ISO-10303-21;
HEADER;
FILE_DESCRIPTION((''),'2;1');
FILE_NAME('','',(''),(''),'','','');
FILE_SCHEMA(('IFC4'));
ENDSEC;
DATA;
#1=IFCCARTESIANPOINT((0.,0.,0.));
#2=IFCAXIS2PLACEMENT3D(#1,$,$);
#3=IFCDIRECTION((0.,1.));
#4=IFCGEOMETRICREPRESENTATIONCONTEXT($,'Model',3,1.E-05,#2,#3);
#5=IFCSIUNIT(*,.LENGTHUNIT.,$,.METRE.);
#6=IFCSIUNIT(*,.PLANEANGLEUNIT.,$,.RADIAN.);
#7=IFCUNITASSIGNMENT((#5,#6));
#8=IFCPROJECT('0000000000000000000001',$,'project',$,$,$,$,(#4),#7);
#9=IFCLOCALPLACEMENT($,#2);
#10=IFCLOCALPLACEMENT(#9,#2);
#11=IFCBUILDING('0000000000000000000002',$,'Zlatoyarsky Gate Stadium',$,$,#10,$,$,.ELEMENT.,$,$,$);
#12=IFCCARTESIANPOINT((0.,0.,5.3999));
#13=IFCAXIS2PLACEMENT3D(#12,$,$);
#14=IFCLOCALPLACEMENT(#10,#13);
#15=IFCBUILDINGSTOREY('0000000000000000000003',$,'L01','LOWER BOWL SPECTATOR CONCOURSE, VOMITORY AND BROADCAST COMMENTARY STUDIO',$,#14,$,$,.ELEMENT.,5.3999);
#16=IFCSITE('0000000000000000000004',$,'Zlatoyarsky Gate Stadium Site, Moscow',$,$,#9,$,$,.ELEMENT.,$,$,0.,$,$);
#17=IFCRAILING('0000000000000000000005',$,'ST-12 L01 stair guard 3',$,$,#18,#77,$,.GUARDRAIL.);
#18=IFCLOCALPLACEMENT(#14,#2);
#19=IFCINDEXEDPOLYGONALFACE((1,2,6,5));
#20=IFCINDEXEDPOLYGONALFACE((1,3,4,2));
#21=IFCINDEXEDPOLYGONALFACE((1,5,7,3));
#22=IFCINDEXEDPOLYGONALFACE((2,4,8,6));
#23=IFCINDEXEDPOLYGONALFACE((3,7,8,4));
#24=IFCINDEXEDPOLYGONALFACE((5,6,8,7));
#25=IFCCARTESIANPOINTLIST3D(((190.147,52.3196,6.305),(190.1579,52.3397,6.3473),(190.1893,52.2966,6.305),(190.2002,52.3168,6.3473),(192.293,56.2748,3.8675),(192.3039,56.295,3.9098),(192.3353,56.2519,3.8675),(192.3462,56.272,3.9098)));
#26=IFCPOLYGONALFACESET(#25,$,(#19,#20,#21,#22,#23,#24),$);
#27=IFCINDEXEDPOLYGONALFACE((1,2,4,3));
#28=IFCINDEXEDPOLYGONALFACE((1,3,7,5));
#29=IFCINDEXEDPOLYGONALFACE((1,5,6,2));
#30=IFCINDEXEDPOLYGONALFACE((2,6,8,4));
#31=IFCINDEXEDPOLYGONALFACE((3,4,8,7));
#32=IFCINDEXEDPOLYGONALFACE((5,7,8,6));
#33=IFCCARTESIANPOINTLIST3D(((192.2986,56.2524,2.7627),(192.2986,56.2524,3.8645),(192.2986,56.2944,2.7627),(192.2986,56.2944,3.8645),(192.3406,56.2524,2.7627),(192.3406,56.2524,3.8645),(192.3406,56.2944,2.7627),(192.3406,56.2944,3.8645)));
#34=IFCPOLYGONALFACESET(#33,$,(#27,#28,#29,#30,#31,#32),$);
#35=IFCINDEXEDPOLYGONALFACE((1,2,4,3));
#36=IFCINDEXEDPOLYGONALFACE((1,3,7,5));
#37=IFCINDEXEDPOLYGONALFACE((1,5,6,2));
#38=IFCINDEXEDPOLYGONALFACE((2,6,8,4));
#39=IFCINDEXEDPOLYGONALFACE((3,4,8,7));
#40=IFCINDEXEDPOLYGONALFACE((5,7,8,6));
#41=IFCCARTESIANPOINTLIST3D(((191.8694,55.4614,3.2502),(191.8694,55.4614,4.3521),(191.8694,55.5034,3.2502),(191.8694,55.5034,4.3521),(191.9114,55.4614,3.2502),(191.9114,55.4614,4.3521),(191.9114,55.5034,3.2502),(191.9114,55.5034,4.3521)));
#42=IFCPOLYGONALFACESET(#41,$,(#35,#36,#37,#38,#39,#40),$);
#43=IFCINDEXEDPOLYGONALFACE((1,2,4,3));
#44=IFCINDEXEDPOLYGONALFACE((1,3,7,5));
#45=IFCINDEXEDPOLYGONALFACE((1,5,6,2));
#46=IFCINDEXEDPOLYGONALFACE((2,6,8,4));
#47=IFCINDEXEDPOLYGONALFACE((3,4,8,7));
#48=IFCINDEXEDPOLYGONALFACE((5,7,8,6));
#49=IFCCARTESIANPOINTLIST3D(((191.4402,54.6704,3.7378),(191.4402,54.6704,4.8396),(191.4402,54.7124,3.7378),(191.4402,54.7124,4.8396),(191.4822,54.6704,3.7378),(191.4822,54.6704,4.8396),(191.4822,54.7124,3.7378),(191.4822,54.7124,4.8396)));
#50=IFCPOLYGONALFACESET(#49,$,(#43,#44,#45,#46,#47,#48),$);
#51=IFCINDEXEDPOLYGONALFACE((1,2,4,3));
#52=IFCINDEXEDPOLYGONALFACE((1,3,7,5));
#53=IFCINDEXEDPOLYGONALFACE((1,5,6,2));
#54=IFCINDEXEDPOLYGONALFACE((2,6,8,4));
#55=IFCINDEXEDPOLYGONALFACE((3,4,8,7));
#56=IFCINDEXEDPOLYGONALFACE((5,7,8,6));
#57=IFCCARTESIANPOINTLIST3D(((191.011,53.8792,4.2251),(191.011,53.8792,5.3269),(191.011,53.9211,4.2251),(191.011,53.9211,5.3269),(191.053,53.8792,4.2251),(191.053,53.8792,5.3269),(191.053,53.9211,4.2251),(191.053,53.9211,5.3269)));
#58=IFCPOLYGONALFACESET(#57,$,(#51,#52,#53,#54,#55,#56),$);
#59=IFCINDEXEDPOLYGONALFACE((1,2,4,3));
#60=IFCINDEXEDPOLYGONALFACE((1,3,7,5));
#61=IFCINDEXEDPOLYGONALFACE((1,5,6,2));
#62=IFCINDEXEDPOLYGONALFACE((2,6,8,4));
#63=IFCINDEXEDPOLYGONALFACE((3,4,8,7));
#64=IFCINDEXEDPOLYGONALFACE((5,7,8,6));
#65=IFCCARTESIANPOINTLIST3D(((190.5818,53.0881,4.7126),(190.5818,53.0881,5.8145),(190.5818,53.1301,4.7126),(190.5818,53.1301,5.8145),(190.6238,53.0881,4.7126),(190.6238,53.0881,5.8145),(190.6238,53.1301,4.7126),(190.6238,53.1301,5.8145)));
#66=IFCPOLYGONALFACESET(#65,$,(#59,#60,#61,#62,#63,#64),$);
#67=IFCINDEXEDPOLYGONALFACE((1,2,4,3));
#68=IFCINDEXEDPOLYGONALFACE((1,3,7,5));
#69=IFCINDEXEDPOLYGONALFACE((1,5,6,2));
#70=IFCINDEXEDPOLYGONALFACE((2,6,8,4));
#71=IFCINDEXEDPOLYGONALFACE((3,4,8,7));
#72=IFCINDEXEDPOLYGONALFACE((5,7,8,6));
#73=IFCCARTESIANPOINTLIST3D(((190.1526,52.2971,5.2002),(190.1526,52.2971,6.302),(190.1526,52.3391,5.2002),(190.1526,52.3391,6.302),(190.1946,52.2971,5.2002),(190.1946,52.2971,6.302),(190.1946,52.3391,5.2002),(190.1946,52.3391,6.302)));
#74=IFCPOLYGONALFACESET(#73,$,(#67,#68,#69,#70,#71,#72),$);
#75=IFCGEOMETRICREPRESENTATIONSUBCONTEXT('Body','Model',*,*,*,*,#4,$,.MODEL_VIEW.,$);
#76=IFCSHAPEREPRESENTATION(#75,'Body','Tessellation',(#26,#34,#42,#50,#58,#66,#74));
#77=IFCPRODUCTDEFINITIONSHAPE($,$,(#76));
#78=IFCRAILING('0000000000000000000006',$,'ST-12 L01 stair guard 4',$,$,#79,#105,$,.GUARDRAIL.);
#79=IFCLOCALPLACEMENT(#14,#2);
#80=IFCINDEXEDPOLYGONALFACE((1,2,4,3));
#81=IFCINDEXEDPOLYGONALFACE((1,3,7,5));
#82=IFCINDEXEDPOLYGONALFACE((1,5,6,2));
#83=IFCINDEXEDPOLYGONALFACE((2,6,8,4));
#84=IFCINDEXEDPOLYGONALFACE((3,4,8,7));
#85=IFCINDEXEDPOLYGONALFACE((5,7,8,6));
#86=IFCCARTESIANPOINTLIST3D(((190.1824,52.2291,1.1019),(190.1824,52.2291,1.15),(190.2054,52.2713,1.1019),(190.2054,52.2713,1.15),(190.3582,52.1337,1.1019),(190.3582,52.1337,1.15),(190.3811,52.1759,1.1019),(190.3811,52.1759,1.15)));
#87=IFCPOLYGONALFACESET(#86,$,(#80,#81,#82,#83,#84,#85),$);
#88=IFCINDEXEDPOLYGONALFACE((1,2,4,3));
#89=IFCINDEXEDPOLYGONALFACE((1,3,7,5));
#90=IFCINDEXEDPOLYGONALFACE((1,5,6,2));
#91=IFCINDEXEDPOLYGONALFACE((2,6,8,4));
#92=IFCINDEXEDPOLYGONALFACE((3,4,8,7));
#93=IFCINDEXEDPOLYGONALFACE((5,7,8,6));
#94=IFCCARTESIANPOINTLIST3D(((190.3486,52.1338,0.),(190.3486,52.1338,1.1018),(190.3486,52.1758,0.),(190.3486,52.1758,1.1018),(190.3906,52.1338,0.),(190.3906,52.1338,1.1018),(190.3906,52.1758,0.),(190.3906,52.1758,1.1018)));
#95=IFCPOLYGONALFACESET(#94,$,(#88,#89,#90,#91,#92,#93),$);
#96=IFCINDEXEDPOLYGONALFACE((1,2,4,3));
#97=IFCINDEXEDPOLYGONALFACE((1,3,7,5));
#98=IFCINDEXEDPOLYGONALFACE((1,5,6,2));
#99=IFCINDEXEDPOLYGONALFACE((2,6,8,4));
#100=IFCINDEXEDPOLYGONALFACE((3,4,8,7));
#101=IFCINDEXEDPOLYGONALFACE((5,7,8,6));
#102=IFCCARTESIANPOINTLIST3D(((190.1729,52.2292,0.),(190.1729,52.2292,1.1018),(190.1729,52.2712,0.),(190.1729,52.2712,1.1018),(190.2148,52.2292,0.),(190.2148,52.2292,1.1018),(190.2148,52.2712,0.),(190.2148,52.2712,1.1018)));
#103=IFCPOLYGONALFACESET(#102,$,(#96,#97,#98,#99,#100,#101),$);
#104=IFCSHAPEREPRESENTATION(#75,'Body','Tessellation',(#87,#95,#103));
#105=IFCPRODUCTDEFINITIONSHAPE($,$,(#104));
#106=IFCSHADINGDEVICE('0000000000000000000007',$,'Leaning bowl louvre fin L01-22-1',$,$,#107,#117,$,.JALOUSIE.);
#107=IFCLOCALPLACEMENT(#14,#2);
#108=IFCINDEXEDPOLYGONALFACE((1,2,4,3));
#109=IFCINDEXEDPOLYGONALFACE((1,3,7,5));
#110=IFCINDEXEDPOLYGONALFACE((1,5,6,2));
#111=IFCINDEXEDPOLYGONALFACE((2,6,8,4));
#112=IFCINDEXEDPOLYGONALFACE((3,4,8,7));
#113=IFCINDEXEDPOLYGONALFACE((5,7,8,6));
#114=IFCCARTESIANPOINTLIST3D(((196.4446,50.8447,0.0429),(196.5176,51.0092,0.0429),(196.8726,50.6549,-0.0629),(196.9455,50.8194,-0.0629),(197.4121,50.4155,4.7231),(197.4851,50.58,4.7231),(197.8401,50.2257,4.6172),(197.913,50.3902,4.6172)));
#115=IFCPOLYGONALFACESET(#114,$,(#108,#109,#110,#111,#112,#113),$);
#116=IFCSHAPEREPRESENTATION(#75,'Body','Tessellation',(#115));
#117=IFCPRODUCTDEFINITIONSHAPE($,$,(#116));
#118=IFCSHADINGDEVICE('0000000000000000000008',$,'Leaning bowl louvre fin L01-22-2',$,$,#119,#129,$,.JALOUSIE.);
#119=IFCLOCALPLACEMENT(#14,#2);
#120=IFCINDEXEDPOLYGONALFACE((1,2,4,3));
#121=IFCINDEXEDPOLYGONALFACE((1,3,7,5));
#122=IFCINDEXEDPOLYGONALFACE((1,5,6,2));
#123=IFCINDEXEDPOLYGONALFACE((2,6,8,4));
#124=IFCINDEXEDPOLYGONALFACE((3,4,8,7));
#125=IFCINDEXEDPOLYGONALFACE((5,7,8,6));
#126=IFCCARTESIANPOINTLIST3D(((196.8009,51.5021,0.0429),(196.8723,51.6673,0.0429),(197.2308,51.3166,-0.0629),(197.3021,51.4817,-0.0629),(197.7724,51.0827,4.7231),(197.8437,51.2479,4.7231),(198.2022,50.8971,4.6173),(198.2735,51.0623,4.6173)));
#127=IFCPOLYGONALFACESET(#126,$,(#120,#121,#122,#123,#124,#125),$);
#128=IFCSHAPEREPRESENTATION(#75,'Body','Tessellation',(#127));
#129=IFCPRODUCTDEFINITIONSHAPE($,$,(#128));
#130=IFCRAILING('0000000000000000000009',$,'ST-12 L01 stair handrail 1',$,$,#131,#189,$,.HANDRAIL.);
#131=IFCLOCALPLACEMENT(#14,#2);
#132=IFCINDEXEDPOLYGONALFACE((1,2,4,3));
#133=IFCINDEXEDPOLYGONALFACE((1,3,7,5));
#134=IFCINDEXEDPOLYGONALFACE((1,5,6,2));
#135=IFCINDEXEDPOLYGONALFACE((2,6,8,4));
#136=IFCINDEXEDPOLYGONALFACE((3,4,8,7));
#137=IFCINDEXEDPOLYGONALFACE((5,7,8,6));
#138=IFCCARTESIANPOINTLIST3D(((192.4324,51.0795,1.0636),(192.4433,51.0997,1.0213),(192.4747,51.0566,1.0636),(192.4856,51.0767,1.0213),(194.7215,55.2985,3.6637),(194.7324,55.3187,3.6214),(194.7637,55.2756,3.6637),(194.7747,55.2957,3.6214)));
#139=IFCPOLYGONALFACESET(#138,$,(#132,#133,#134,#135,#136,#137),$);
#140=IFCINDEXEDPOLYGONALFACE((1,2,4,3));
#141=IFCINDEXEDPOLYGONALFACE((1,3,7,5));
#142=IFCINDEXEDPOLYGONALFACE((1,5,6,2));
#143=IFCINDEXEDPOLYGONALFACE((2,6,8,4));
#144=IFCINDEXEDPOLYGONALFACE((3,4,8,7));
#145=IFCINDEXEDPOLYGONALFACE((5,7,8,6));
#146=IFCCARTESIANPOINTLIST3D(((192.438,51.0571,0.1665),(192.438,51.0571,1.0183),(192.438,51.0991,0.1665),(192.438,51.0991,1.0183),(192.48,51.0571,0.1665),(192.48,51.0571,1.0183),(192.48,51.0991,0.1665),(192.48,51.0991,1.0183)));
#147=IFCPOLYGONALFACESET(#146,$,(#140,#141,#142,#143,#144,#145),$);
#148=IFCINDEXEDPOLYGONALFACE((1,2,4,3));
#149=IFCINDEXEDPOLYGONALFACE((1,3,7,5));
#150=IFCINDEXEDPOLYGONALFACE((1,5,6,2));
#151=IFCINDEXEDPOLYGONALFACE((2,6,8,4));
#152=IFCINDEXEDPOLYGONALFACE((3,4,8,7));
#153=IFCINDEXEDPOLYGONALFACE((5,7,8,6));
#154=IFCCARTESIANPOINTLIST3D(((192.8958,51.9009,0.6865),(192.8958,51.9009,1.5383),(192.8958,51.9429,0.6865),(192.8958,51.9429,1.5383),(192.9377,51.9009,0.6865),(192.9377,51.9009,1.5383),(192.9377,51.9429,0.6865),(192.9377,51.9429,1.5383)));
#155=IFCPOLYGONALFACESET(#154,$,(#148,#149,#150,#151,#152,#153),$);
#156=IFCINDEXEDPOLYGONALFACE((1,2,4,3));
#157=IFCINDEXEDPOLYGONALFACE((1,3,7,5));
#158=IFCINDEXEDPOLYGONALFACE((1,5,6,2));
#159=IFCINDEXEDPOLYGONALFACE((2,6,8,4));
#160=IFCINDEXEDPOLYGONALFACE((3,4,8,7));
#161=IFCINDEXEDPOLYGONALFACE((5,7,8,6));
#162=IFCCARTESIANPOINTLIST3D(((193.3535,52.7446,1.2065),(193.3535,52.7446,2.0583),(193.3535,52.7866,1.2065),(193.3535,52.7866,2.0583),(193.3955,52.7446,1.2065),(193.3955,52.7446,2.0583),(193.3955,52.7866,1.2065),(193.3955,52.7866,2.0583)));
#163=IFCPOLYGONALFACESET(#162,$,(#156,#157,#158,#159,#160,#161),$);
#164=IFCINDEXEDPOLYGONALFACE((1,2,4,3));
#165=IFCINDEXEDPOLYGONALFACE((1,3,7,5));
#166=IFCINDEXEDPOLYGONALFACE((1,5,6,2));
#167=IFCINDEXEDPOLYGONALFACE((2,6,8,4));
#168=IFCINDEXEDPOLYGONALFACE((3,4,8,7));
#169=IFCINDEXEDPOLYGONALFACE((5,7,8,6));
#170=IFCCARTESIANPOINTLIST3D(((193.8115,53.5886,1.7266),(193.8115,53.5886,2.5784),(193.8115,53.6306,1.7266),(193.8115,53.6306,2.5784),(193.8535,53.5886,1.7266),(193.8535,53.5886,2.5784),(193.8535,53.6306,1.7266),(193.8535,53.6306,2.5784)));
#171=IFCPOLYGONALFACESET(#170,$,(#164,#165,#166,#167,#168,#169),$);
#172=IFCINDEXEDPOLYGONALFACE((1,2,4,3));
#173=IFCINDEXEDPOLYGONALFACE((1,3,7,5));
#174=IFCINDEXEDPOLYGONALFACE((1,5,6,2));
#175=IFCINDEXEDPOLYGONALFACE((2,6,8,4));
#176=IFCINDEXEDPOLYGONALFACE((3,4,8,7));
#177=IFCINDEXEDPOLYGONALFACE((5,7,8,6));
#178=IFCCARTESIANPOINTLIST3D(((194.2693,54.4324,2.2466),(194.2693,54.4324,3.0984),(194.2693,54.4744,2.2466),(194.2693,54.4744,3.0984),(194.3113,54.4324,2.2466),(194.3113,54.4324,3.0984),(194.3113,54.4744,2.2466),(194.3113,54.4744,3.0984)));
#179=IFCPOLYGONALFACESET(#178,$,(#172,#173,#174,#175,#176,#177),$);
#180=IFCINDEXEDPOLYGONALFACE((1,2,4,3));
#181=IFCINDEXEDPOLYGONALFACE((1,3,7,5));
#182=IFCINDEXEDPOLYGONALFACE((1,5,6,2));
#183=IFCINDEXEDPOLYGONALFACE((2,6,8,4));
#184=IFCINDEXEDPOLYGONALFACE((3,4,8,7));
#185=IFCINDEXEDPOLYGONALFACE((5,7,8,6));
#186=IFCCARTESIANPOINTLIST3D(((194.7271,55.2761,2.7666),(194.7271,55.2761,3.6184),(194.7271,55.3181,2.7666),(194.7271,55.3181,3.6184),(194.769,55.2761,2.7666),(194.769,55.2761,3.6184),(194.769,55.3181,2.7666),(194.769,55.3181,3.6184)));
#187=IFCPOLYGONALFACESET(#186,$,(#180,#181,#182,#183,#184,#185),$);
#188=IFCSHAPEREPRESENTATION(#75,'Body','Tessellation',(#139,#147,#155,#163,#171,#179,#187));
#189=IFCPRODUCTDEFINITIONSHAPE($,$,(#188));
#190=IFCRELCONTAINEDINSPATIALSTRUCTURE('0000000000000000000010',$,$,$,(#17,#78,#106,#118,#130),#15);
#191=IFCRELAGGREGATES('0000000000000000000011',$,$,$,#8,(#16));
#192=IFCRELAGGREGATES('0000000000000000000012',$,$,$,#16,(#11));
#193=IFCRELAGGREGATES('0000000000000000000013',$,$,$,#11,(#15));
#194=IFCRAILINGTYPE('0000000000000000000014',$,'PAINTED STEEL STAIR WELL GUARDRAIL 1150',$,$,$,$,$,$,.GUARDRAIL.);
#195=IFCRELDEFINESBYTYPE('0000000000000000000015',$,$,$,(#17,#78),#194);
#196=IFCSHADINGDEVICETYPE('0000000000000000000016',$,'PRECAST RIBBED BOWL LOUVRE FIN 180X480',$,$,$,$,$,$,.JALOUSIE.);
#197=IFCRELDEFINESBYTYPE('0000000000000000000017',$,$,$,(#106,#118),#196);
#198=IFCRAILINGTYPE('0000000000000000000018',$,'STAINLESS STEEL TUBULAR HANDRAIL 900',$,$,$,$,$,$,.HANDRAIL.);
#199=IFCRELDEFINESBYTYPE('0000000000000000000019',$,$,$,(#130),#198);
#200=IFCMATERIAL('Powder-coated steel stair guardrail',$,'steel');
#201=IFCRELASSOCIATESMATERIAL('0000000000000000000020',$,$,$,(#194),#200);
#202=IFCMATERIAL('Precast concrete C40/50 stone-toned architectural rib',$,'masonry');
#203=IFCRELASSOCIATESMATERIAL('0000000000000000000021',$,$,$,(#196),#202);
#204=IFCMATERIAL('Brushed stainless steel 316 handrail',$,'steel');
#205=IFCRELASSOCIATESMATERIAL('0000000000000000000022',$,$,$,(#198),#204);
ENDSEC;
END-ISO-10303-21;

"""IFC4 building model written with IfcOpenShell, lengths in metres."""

from ifc_helpers import new_model, si_unit, direction, frame, origin, origin_2d, place, context, subcontext, project, spatial, rectangle, extrude, material, material_profile, profile_set, type_object, element, save


model = new_model("IFC4")

# Units and contexts
model_context = context("Model", 3, precision=1e-05, world=origin(), true_north=direction((0.0, 1.0)))
body_context = subcontext(model_context, "Body", "Model", "MODEL_VIEW")
ifc_project = project(units=[si_unit("LENGTHUNIT", "METRE"), si_unit("PLANEANGLEUNIT", "RADIAN")], contexts=[model_context])

# Site, building, storey
site_placement = place(None, origin())
site = spatial("IfcSite", under=ifc_project, at=site_placement, Name="Zlatoyarsky Gate Stadium Site, Moscow", CompositionType="ELEMENT", RefElevation=0.0)
building_placement = place(site_placement, origin())
building = spatial("IfcBuilding", under=site, at=building_placement, Name="Zlatoyarsky Gate Stadium", CompositionType="ELEMENT")
storey_placement = place(building_placement, frame((0.0, 0.0, 5.3999)))
storey = spatial("IfcBuildingStorey", under=building, at=storey_placement, Name="L01", Description="LOWER BOWL SPECTATOR CONCOURSE, VOMITORY AND BROADCAST COMMENTARY STUDIO", CompositionType="ELEMENT", Elevation=5.3999)

# Railings
ifc_material_1 = material(Name="Powder-coated steel stair guardrail", Category="steel")
railing_type_1 = type_object("IfcRailingType", Name="PAINTED STEEL STAIR WELL GUARDRAIL 1150", PredefinedType="GUARDRAIL", material=ifc_material_1)
railing_1_placement = place(storey_placement, frame((192.3196, 56.2734, 2.7627)))
element("IfcRailing", 1, at=railing_1_placement, inside=storey, type_object=railing_type_1, Name="ST-12 L01 stair guard 3", PredefinedType="GUARDRAIL", context=body_context, shape_type="SweptSolid", body=[
    extrude(rectangle(XDim=0.0481, YDim=0.0481, at=origin_2d()), frame((0.0, 0.0, 1.126), z_axis=(-0.419325, -0.772865, 0.476284), x_axis=(0.878963, -0.47689, 0.0)), (0.0, 0.0, 1.0), 5.1177),
    extrude(rectangle(XDim=0.042, YDim=0.042, at=origin_2d()), origin(), (0.0, 0.0, 1.0), 1.1018),
    extrude(rectangle(XDim=0.042, YDim=0.042, at=origin_2d()), frame((-0.4292, -0.791, 0.4875)), (0.0, 0.0, 1.0), 1.1018),
    extrude(rectangle(XDim=0.042, YDim=0.042, at=origin_2d()), frame((-0.8584, -1.582, 0.9751)), (0.0, 0.0, 1.0), 1.1018),
    extrude(rectangle(XDim=0.042, YDim=0.042, at=origin_2d()), frame((-1.2876, -2.3733, 1.4624)), (0.0, 0.0, 1.0), 1.1018),
    extrude(rectangle(XDim=0.042, YDim=0.042, at=origin_2d()), frame((-1.7168, -3.1643, 1.95)), (0.0, 0.0, 1.0), 1.1018),
    extrude(rectangle(XDim=0.042, YDim=0.042, at=origin_2d()), frame((-2.146, -3.9553, 2.4375)), (0.0, 0.0, 1.0), 1.1018),
])
railing_2_placement = place(storey_placement, frame((190.3696, 52.1548, 0.0)))
element("IfcRailing", 2, at=railing_2_placement, inside=storey, type_object=railing_type_1, Name="ST-12 L01 stair guard 4", PredefinedType="GUARDRAIL", context=body_context, shape_type="SweptSolid", body=[
    extrude(rectangle(XDim=0.0481, YDim=0.0481, at=origin_2d()), frame((0.0, 0.0, 1.126), z_axis=(-0.87878, 0.477227, 0.0), x_axis=(-0.477227, -0.87878, 0.0)), (0.0, 0.0, 1.0), 0.2),
    extrude(rectangle(XDim=0.042, YDim=0.042, at=origin_2d()), origin(), (0.0, 0.0, 1.0), 1.1018),
    extrude(rectangle(XDim=0.042, YDim=0.042, at=origin_2d()), frame((-0.1758, 0.0955, 0.0)), (0.0, 0.0, 1.0), 1.1018),
])

# Shading devices
ifc_material_2 = material(Name="Precast concrete C40/50 stone-toned architectural rib", Category="masonry")
ifc_material_profile_1 = material_profile(ifc_material_2, rectangle(XDim=0.1799, YDim=0.48, at=origin_2d()), Name="RIB 180X480")
ifc_profile_set_1 = profile_set([ifc_material_profile_1], Name="Precast concrete C40/50 stone-toned architectural rib")
shading_device_type = type_object("IfcShadingDeviceType", Name="PRECAST RIBBED BOWL LOUVRE FIN 180X480", PredefinedType="JALOUSIE", material=ifc_profile_set_1)
for number, where, z_axis, x_axis, name in (
    (3, (196.6951, 50.832, -0.01), (0.201637, -0.089447, 0.975368), (0.405496, 0.914097, 0.0), "Leaning bowl louvre fin L01-22-1"),
    (4, (197.0515, 51.4919, -0.01), (0.202454, -0.087413, 0.975383), (0.396396, 0.91808, 0.0), "Leaning bowl louvre fin L01-22-2"),
):
    element("IfcShadingDevice", number, at=place(storey_placement, frame(where, z_axis=z_axis, x_axis=x_axis)), inside=storey, type_object=shading_device_type, Name=name, PredefinedType="JALOUSIE", context=body_context, shape_type="SweptSolid", body=[
        extrude(rectangle(XDim=0.1799, YDim=0.48, at=origin_2d()), origin(), (0.0, 0.0, 1.0), 4.7983),
    ])

# Railing
ifc_material_3 = material(Name="Brushed stainless steel 316 handrail", Category="steel")
railing_type_2 = type_object("IfcRailingType", Name="STAINLESS STEEL TUBULAR HANDRAIL 900", PredefinedType="HANDRAIL", material=ifc_material_3)
railing_3_placement = place(storey_placement, frame((192.459, 51.0781, 0.1665)))
element("IfcRailing", 5, at=railing_3_placement, inside=storey, type_object=railing_type_2, Name="ST-12 L01 stair handrail 1", PredefinedType="HANDRAIL", context=body_context, shape_type="SweptSolid", body=[
    extrude(rectangle(XDim=0.0481, YDim=0.0481, at=origin_2d()), frame((0.0, 0.0, 0.876), z_axis=(0.419322, 0.772857, 0.476299), x_axis=(-0.878962, 0.476891, 0.0)), (0.0, 0.0, 1.0), 5.459),
    extrude(rectangle(XDim=0.042, YDim=0.042, at=origin_2d()), origin(), (0.0, 0.0, 1.0), 0.8518),
    extrude(rectangle(XDim=0.042, YDim=0.042, at=origin_2d()), frame((0.4578, 0.8438, 0.52)), (0.0, 0.0, 1.0), 0.8518),
    extrude(rectangle(XDim=0.042, YDim=0.042, at=origin_2d()), frame((0.9155, 1.6875, 1.04)), (0.0, 0.0, 1.0), 0.8518),
    extrude(rectangle(XDim=0.042, YDim=0.042, at=origin_2d()), frame((1.3735, 2.5315, 1.5601)), (0.0, 0.0, 1.0), 0.8518),
    extrude(rectangle(XDim=0.042, YDim=0.042, at=origin_2d()), frame((1.8313, 3.3752, 2.0801)), (0.0, 0.0, 1.0), 0.8518),
    extrude(rectangle(XDim=0.042, YDim=0.042, at=origin_2d()), frame((2.2891, 4.219, 2.6001)), (0.0, 0.0, 1.0), 0.8518),
])

save(model, "model.ifc")
